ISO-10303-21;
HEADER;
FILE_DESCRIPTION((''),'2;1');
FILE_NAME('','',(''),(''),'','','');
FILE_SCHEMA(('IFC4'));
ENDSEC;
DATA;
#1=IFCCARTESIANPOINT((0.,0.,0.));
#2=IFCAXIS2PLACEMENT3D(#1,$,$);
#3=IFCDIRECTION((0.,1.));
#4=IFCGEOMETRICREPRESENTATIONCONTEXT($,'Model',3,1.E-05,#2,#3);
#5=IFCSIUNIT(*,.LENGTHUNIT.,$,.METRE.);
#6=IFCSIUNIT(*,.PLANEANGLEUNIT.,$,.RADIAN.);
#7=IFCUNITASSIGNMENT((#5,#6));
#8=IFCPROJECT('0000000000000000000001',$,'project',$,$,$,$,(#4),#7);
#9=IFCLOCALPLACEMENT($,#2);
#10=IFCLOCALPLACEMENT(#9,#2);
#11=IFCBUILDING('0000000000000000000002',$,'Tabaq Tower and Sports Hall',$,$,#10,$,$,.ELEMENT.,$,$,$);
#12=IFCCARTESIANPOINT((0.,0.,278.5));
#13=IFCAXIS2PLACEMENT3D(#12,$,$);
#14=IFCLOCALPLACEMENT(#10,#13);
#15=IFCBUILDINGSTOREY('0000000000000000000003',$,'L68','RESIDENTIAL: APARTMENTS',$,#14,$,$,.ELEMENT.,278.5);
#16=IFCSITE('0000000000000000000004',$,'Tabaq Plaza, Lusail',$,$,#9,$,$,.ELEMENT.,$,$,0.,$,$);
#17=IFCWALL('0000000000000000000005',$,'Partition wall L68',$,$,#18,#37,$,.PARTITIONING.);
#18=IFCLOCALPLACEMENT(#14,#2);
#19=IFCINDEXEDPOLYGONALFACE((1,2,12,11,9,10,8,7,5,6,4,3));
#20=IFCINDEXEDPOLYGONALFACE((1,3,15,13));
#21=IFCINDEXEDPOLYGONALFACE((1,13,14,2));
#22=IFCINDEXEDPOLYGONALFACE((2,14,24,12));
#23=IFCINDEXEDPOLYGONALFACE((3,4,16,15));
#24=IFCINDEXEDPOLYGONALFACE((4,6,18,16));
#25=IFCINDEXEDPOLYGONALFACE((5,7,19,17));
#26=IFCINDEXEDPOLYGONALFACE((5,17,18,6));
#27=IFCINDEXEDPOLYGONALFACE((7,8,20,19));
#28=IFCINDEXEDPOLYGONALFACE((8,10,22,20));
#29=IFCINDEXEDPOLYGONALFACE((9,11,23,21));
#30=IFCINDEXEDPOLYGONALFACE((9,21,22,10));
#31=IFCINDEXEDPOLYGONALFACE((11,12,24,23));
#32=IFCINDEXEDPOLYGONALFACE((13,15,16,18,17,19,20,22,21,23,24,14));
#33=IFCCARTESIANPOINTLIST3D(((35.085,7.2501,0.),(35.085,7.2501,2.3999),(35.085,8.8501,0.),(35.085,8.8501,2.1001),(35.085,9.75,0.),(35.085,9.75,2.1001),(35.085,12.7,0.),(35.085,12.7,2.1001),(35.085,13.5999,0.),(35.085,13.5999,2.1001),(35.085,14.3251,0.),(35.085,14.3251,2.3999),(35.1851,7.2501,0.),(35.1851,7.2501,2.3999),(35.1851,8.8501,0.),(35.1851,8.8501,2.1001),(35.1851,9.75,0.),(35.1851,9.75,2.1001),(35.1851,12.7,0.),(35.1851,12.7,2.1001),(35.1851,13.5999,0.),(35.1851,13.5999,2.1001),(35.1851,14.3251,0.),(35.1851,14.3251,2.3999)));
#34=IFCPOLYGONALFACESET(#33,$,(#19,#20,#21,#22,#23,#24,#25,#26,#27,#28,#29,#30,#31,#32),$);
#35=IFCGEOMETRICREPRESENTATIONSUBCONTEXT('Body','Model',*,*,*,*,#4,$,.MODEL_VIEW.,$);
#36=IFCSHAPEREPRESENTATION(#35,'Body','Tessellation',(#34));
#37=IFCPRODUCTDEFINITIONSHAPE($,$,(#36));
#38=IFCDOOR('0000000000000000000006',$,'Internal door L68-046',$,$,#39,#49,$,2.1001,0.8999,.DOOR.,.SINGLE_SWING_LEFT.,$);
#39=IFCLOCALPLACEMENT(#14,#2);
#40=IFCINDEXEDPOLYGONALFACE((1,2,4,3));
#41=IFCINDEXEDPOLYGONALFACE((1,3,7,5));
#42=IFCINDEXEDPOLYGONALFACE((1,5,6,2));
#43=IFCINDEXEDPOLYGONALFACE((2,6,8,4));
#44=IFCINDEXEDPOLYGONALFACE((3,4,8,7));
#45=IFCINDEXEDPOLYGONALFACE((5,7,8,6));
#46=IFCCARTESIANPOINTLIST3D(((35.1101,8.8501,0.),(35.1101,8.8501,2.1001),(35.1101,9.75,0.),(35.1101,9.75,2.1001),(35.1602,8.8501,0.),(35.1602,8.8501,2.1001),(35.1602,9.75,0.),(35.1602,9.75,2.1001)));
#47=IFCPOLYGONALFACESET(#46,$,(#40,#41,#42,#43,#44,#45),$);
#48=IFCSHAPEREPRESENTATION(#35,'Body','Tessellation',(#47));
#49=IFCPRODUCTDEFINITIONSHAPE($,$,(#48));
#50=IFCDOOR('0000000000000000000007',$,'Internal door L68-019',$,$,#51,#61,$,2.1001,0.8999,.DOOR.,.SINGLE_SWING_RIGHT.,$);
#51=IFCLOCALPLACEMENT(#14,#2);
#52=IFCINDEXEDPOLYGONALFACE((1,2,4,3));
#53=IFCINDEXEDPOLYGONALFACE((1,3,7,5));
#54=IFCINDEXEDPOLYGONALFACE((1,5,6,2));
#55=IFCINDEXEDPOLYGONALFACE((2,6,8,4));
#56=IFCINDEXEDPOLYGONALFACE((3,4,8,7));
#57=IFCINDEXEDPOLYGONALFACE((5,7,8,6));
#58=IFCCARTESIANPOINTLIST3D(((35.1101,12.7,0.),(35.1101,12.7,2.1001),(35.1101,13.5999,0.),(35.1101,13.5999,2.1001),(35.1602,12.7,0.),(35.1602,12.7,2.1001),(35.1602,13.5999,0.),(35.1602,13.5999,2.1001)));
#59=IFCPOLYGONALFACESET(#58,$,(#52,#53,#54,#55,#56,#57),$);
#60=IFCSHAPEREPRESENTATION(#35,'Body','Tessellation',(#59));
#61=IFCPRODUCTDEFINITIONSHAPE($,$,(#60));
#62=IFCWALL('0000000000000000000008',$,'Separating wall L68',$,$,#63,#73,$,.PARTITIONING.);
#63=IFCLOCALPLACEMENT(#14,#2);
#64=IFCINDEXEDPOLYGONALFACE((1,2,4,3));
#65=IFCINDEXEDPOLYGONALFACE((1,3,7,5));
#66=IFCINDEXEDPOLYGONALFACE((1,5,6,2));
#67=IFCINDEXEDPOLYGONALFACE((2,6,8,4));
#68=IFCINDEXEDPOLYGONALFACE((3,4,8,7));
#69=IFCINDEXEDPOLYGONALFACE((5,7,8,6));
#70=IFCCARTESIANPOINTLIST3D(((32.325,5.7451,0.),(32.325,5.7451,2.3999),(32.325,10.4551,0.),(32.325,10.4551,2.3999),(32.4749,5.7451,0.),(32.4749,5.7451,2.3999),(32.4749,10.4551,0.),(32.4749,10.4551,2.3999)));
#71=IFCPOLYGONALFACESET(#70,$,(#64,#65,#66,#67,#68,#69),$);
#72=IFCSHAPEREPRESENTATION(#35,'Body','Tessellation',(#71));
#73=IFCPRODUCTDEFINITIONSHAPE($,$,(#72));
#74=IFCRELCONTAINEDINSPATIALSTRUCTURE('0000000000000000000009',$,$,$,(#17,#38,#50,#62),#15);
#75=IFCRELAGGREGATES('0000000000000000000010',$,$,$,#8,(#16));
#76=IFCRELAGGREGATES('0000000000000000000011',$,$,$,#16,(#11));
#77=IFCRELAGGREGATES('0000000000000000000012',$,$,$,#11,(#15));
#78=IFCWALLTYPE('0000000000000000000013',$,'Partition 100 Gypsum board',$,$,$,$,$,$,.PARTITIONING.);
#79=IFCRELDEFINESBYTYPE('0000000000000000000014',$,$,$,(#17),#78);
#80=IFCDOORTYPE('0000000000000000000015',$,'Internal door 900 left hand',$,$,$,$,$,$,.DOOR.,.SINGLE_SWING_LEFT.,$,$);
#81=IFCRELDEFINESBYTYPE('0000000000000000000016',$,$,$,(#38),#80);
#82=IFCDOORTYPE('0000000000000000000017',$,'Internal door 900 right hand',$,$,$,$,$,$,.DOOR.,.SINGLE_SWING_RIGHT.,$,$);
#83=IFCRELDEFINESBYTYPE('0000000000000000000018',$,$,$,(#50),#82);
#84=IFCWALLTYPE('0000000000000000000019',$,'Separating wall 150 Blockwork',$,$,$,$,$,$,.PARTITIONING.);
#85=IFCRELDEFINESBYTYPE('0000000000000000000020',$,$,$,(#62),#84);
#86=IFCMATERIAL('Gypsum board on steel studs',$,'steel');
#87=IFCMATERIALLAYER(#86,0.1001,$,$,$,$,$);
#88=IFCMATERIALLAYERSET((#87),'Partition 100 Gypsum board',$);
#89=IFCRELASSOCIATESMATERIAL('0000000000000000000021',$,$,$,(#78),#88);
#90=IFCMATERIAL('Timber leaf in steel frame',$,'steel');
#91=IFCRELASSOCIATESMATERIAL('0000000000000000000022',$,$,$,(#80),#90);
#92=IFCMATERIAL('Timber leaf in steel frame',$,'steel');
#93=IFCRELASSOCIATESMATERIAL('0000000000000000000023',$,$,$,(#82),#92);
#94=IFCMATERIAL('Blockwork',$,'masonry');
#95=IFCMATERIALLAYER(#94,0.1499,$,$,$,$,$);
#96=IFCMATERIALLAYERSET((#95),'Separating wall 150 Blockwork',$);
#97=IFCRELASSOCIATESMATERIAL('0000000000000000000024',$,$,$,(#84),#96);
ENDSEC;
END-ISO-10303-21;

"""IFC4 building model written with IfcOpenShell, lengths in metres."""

from ifc_helpers import new_model, si_unit, direction, frame, frame_2d, origin, place, context, subcontext, project, spatial, rectangle, extrude, material, layer, layer_set, type_object, element, fill, save


model = new_model("IFC4")

# Units and contexts
model_context = context("Model", 3, precision=1e-05, world=origin(), true_north=direction((0.0, 1.0)))
body_context = subcontext(model_context, "Body", "Model", "MODEL_VIEW")
ifc_project = project(units=[si_unit("LENGTHUNIT", "METRE"), si_unit("PLANEANGLEUNIT", "RADIAN")], contexts=[model_context])

# Site, building, storey
site_placement = place(None, origin())
site = spatial("IfcSite", under=ifc_project, at=site_placement, Name="Tabaq Plaza, Lusail", CompositionType="ELEMENT", RefElevation=0.0)
building_placement = place(site_placement, origin())
building = spatial("IfcBuilding", under=site, at=building_placement, Name="Tabaq Tower and Sports Hall", CompositionType="ELEMENT")
storey_placement = place(building_placement, frame((0.0, 0.0, 278.5)))
storey = spatial("IfcBuildingStorey", under=building, at=storey_placement, Name="L68", Description="RESIDENTIAL: APARTMENTS", CompositionType="ELEMENT", Elevation=278.5)

# Shared definitions
ifc_material_1 = material(Name="Gypsum board on steel studs", Category="steel")
ifc_layer_1 = layer(ifc_material_1, 0.1001)
ifc_layer_set_1 = layer_set([ifc_layer_1], Name="Partition 100 Gypsum board")
wall_type_1 = type_object("IfcWallType", Name="Partition 100 Gypsum board", PredefinedType="PARTITIONING", material=ifc_layer_set_1)

# Shared definitions
ifc_material_2 = material(Name="Timber leaf in steel frame", Category="steel")
door_type_1 = type_object("IfcDoorType", Name="Internal door 900 left hand", OperationType="SINGLE_SWING_LEFT", PredefinedType="DOOR", material=ifc_material_2)

# Wall, openings, doors
ifc_material_3 = material(Name="Timber leaf in steel frame", Category="steel")
door_type_2 = type_object("IfcDoorType", Name="Internal door 900 right hand", OperationType="SINGLE_SWING_RIGHT", PredefinedType="DOOR", material=ifc_material_3)
wall_1_placement = place(storey_placement, frame((35.135, 7.25, 0.0), z_axis=(0.0, 0.0, 1.0), x_axis=(0.0, 1.0, 0.0)))
wall_1 = element("IfcWall", 1, at=wall_1_placement, inside=storey, type_object=wall_type_1, Name="Partition wall L68", PredefinedType="PARTITIONING", context=body_context, shape_type="SweptSolid", body=[
    extrude(rectangle(XDim=7.075, YDim=0.1001, at=frame_2d((3.5376, 0.0))), origin(), (0.0, 0.0, 1.0), 2.3999),
])
opening_1_placement = place(wall_1_placement, frame((5.45, 0.0, 0.0)))
opening_1 = element("IfcOpeningElement", 2, at=opening_1_placement, cuts=wall_1, PredefinedType="OPENING", context=body_context, shape_type="SweptSolid", body=[
    extrude(rectangle(XDim=0.8999, YDim=2.1001, at=frame_2d((0.45, 1.05))), frame((0.0, 0.05, 0.0), z_axis=(0.0, -1.0, 0.0), x_axis=(1.0, 0.0, 0.0)), (0.0, 0.0, 1.0), 0.1001),
])
opening_2_placement = place(wall_1_placement, frame((1.6001, 0.0, 0.0)))
opening_2 = element("IfcOpeningElement", 3, at=opening_2_placement, cuts=wall_1, PredefinedType="OPENING", context=body_context, shape_type="SweptSolid", body=[
    extrude(rectangle(XDim=0.8999, YDim=2.1001, at=frame_2d((0.45, 1.05))), frame((0.0, 0.05, 0.0), z_axis=(0.0, -1.0, 0.0), x_axis=(1.0, 0.0, 0.0)), (0.0, 0.0, 1.0), 0.1001),
])
door_1_placement = place(opening_2_placement, origin())
door_1 = element("IfcDoor", 4, at=door_1_placement, inside=storey, type_object=door_type_1, Name="Internal door L68-046", OperationType="SINGLE_SWING_LEFT", OverallHeight=2.1001, OverallWidth=0.8999, PredefinedType="DOOR", context=body_context, shape_type="SweptSolid", body=[
    extrude(rectangle(XDim=0.8999, YDim=2.1001, at=frame_2d((0.45, 1.05))), frame((0.0, 0.0249, 0.0), z_axis=(0.0, -1.0, 0.0), x_axis=(1.0, 0.0, 0.0)), (0.0, 0.0, 1.0), 0.05),
])
fill(opening_2, door_1)
door_2_placement = place(opening_1_placement, origin())
door_2 = element("IfcDoor", 5, at=door_2_placement, inside=storey, type_object=door_type_2, Name="Internal door L68-019", OperationType="SINGLE_SWING_RIGHT", OverallHeight=2.1001, OverallWidth=0.8999, PredefinedType="DOOR", context=body_context, shape_type="SweptSolid", body=[
    extrude(rectangle(XDim=0.8999, YDim=2.1001, at=frame_2d((0.45, 1.05))), frame((0.0, 0.0249, 0.0), z_axis=(0.0, -1.0, 0.0), x_axis=(1.0, 0.0, 0.0)), (0.0, 0.0, 1.0), 0.05),
])
fill(opening_1, door_2)

# Wall
ifc_material_4 = material(Name="Blockwork", Category="masonry")
ifc_layer_2 = layer(ifc_material_4, 0.1499)
ifc_layer_set_2 = layer_set([ifc_layer_2], Name="Separating wall 150 Blockwork")
wall_type_2 = type_object("IfcWallType", Name="Separating wall 150 Blockwork", PredefinedType="PARTITIONING", material=ifc_layer_set_2)
wall_2_placement = place(storey_placement, frame((32.3999, 5.7451, 0.0), z_axis=(0.0, 0.0, 1.0), x_axis=(0.0, 1.0, 0.0)))
element("IfcWall", 6, at=wall_2_placement, inside=storey, type_object=wall_type_2, Name="Separating wall L68", PredefinedType="PARTITIONING", context=body_context, shape_type="SweptSolid", body=[
    extrude(rectangle(XDim=4.71, YDim=0.1499, at=frame_2d((2.355, 0.0))), origin(), (0.0, 0.0, 1.0), 2.3999),
])

save(model, "model.ifc")
